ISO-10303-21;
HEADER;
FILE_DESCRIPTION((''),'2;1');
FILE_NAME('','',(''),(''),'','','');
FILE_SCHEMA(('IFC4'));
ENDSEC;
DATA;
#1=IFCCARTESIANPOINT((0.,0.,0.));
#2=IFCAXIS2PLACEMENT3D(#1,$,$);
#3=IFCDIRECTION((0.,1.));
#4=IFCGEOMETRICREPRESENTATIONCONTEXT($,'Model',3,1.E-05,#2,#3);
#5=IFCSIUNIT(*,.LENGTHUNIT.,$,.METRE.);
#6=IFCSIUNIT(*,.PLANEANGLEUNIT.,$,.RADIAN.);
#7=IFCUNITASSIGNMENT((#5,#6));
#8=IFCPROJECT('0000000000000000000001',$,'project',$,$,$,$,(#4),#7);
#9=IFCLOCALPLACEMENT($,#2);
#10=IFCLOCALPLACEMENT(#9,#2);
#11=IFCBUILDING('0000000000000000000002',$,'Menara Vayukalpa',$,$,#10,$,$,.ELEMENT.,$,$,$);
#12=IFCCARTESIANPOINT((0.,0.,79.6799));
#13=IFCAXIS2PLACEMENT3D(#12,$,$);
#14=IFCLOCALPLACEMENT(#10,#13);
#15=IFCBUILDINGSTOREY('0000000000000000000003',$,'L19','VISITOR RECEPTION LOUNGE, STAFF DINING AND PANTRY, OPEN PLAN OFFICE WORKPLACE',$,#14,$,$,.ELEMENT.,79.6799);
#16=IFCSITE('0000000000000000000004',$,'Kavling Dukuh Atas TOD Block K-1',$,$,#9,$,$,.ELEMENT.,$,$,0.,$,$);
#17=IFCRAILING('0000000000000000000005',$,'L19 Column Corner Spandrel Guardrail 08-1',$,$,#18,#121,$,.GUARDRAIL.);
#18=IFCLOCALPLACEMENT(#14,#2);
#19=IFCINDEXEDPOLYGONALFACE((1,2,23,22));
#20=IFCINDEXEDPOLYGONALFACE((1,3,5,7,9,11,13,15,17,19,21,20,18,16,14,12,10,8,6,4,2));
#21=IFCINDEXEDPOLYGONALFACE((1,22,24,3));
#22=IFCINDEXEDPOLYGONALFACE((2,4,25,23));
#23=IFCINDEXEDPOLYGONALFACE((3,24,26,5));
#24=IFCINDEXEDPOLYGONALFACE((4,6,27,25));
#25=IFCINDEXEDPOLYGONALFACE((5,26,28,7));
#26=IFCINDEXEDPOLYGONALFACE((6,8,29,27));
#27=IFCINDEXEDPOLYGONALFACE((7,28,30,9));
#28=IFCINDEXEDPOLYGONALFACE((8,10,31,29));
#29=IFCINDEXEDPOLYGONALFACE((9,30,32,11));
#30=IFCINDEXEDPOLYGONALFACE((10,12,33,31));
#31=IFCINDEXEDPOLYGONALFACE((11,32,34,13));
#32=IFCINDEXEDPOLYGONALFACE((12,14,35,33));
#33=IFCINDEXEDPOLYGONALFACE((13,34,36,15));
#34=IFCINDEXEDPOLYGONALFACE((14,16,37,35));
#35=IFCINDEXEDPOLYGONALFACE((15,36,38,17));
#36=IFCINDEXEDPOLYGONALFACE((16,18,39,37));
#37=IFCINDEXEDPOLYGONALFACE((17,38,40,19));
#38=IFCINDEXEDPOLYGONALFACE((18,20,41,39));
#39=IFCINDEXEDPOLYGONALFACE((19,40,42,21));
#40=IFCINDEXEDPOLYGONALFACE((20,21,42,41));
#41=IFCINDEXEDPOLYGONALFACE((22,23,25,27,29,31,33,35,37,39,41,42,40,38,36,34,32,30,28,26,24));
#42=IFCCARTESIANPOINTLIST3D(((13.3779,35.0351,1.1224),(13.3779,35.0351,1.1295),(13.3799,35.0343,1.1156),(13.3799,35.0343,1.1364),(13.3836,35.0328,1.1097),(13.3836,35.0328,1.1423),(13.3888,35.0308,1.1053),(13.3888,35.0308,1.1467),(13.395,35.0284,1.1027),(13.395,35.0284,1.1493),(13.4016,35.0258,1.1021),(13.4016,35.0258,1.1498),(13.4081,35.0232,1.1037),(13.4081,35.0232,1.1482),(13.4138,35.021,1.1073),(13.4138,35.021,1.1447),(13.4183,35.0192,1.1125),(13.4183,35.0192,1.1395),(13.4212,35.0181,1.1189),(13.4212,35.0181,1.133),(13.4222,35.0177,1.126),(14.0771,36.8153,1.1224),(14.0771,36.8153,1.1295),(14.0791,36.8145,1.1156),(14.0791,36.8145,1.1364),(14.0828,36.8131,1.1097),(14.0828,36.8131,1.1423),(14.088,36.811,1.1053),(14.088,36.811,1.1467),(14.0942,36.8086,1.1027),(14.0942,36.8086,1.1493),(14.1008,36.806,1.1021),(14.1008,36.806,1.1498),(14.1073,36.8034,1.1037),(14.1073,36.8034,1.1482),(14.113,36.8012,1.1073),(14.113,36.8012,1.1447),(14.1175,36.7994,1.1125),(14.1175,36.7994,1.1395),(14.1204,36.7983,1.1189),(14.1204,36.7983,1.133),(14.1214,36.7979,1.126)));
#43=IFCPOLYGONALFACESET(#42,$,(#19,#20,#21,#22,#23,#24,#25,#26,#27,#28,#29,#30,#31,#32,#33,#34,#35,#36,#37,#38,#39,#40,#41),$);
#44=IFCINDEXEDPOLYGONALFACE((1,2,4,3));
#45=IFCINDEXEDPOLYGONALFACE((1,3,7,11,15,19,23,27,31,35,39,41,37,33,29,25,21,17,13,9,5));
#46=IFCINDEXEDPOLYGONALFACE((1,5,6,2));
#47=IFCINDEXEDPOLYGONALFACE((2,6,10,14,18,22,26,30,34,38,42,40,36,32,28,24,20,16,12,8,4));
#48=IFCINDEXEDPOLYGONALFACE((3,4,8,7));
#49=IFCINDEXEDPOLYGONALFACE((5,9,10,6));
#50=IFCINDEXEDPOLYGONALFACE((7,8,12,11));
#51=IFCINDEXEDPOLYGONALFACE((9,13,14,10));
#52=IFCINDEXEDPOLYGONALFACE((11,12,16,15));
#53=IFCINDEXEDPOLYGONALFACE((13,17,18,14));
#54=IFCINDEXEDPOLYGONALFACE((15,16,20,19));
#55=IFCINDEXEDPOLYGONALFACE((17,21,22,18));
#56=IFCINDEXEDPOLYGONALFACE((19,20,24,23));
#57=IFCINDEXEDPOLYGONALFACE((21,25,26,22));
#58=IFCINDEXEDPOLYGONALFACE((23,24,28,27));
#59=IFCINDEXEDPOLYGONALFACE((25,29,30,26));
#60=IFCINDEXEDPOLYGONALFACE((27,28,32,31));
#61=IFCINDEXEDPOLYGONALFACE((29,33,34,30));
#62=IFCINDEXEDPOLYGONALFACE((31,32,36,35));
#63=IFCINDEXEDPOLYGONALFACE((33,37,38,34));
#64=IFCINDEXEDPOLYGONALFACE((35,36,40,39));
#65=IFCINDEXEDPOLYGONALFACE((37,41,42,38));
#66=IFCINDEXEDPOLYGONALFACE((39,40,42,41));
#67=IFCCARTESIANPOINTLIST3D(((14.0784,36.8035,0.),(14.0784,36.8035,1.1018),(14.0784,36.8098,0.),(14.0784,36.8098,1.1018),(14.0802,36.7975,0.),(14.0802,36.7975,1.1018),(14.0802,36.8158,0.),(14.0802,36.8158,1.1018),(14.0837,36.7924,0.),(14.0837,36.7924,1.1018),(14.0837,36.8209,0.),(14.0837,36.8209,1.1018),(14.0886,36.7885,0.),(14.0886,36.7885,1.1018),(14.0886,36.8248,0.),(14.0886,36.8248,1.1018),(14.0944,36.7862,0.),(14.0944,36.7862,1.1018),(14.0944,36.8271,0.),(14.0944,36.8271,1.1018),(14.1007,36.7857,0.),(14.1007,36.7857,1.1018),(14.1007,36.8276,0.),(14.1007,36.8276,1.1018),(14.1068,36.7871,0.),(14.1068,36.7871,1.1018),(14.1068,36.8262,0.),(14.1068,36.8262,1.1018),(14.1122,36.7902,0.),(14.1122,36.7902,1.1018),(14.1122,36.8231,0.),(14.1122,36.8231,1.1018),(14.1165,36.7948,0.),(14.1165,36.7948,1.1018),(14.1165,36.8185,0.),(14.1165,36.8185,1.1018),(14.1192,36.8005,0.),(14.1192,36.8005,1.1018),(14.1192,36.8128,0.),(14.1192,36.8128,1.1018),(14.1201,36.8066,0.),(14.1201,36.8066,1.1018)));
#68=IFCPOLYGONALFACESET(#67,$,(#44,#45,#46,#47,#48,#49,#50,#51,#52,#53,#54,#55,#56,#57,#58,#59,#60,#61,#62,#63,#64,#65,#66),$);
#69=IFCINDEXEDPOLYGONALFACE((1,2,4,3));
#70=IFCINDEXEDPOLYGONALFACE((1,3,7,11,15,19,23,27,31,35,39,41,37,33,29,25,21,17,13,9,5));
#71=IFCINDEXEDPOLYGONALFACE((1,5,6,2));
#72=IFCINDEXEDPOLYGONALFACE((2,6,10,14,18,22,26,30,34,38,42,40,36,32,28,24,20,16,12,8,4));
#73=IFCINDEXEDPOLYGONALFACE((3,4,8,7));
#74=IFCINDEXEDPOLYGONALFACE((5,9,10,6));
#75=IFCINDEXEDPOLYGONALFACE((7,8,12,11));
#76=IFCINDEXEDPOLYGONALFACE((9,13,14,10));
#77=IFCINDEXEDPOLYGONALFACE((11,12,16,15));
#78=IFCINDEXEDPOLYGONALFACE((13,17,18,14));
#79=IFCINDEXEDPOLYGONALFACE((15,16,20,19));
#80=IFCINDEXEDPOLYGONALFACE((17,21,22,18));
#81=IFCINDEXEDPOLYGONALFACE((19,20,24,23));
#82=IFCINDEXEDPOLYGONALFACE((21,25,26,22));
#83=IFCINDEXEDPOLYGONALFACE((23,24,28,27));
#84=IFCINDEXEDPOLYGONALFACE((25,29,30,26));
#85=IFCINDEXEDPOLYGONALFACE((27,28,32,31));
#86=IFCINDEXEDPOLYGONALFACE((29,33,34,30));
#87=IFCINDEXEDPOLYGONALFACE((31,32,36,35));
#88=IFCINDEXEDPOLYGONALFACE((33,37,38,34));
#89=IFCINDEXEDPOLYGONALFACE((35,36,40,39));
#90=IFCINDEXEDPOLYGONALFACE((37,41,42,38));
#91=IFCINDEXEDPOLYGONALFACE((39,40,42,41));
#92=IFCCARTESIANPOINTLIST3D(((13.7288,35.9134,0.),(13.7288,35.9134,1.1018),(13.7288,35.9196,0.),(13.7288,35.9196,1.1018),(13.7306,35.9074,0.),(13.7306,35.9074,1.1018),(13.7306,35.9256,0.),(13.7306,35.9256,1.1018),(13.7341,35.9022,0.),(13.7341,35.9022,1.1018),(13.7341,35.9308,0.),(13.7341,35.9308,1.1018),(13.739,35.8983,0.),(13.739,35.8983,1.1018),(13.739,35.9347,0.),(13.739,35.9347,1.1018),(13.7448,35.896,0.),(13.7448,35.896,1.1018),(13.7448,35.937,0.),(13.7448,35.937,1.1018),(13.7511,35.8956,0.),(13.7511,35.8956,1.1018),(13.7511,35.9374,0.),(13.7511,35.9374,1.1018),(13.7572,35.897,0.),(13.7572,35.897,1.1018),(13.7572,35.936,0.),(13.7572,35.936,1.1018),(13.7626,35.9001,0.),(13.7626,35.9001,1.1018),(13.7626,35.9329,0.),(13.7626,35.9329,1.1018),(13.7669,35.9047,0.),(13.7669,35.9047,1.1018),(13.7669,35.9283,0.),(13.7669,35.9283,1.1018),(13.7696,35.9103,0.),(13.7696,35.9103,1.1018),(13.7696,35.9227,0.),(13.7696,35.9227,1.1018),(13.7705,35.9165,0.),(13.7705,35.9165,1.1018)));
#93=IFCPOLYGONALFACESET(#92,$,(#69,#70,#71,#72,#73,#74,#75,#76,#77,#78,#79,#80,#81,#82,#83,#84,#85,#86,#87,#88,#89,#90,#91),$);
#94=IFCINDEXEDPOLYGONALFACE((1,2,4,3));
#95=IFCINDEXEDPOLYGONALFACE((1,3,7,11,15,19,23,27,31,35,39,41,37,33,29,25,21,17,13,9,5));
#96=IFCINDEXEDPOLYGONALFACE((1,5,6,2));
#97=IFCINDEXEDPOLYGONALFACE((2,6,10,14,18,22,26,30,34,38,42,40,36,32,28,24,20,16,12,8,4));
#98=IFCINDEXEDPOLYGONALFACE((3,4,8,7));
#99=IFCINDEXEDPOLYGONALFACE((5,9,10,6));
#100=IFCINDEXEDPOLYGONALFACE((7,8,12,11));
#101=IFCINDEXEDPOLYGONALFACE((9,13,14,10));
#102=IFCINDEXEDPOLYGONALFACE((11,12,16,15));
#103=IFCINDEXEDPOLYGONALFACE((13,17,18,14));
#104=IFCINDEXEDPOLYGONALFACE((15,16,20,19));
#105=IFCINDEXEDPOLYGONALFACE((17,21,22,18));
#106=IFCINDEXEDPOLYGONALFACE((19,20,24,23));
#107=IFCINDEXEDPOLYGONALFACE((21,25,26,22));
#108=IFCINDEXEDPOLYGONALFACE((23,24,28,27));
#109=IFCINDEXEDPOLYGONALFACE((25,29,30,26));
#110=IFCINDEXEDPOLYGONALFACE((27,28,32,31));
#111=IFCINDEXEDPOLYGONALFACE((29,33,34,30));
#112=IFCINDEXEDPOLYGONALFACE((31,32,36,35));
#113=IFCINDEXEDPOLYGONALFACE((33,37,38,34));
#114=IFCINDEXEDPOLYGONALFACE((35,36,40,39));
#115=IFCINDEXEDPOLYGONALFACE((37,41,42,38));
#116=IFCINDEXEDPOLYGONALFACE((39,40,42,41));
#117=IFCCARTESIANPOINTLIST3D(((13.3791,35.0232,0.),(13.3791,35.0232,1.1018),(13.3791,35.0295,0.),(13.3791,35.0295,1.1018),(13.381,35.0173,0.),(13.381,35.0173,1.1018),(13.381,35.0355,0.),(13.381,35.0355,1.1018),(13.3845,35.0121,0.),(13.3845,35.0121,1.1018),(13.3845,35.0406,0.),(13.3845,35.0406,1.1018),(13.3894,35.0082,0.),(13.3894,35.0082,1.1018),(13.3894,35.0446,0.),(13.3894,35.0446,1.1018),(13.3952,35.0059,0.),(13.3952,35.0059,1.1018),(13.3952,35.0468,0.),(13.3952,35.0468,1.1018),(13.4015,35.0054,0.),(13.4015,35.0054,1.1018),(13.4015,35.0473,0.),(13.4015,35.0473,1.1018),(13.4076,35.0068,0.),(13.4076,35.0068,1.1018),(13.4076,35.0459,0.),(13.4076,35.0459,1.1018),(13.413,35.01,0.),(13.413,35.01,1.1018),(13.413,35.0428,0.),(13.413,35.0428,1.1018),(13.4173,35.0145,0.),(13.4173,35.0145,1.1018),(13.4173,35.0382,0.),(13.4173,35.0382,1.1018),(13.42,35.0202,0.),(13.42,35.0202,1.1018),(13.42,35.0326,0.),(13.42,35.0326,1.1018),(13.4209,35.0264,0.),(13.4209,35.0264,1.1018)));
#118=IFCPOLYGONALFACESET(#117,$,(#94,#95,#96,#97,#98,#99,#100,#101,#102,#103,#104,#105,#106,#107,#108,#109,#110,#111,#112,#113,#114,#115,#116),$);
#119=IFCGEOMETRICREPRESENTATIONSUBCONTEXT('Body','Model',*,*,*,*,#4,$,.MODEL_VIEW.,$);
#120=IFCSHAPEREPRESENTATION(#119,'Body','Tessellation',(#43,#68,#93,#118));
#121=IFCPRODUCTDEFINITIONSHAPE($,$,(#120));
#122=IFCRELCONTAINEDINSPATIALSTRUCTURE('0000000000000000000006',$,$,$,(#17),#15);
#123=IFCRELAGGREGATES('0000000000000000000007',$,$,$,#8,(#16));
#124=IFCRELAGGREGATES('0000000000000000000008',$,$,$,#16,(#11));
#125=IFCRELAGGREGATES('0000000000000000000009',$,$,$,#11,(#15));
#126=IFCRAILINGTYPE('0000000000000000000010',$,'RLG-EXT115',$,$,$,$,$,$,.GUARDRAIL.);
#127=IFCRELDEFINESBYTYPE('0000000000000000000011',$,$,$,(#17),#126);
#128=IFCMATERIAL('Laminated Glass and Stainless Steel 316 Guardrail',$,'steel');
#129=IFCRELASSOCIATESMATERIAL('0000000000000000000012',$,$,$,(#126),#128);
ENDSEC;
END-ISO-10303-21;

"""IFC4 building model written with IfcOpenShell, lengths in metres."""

from ifc_helpers import new_model, si_unit, direction, frame, origin, origin_2d, place, context, subcontext, project, spatial, circle, extrude, material, type_object, element, save


model = new_model("IFC4")

# Units and contexts
model_context = context("Model", 3, precision=1e-05, world=origin(), true_north=direction((0.0, 1.0)))
body_context = subcontext(model_context, "Body", "Model", "MODEL_VIEW")
ifc_project = project(units=[si_unit("LENGTHUNIT", "METRE"), si_unit("PLANEANGLEUNIT", "RADIAN")], contexts=[model_context])

# Site, building, storey
site_placement = place(None, origin())
site = spatial("IfcSite", under=ifc_project, at=site_placement, Name="Kavling Dukuh Atas TOD Block K-1", CompositionType="ELEMENT", RefElevation=0.0)
building_placement = place(site_placement, origin())
building = spatial("IfcBuilding", under=site, at=building_placement, Name="Menara Vayukalpa", CompositionType="ELEMENT")
storey_placement = place(building_placement, frame((0.0, 0.0, 79.6799)))
storey = spatial("IfcBuildingStorey", under=building, at=storey_placement, Name="L19", Description="VISITOR RECEPTION LOUNGE, STAFF DINING AND PANTRY, OPEN PLAN OFFICE WORKPLACE", CompositionType="ELEMENT", Elevation=79.6799)

# Railing
ifc_material_1 = material(Name="Laminated Glass and Stainless Steel 316 Guardrail", Category="steel")
railing_type = type_object("IfcRailingType", Name="RLG-EXT115", PredefinedType="GUARDRAIL", material=ifc_material_1)
railing_1_placement = place(storey_placement, frame((14.0991, 36.8066, 0.0)))
element("IfcRailing", 1, at=railing_1_placement, inside=storey, type_object=railing_type, Name="L19 Column Corner Spandrel Guardrail 08-1", PredefinedType="GUARDRAIL", context=body_context, shape_type="SweptSolid", body=[
    extrude(circle(Radius=0.0239, at=origin_2d()), frame((0.0, 0.0, 1.126), z_axis=(-0.365573, -0.930783, 0.0), x_axis=(0.930783, -0.365573, 0.0)), (0.0, 0.0, 1.0), 1.9126),
    extrude(circle(Radius=0.021, at=origin_2d()), origin(), (0.0, 0.0, 1.0), 1.1018),
    extrude(circle(Radius=0.021, at=origin_2d()), frame((-0.3496, -0.8901, 0.0)), (0.0, 0.0, 1.0), 1.1018),
    extrude(circle(Radius=0.021, at=origin_2d()), frame((-0.6992, -1.7803, 0.0)), (0.0, 0.0, 1.0), 1.1018),
])

save(model, "model.ifc")
